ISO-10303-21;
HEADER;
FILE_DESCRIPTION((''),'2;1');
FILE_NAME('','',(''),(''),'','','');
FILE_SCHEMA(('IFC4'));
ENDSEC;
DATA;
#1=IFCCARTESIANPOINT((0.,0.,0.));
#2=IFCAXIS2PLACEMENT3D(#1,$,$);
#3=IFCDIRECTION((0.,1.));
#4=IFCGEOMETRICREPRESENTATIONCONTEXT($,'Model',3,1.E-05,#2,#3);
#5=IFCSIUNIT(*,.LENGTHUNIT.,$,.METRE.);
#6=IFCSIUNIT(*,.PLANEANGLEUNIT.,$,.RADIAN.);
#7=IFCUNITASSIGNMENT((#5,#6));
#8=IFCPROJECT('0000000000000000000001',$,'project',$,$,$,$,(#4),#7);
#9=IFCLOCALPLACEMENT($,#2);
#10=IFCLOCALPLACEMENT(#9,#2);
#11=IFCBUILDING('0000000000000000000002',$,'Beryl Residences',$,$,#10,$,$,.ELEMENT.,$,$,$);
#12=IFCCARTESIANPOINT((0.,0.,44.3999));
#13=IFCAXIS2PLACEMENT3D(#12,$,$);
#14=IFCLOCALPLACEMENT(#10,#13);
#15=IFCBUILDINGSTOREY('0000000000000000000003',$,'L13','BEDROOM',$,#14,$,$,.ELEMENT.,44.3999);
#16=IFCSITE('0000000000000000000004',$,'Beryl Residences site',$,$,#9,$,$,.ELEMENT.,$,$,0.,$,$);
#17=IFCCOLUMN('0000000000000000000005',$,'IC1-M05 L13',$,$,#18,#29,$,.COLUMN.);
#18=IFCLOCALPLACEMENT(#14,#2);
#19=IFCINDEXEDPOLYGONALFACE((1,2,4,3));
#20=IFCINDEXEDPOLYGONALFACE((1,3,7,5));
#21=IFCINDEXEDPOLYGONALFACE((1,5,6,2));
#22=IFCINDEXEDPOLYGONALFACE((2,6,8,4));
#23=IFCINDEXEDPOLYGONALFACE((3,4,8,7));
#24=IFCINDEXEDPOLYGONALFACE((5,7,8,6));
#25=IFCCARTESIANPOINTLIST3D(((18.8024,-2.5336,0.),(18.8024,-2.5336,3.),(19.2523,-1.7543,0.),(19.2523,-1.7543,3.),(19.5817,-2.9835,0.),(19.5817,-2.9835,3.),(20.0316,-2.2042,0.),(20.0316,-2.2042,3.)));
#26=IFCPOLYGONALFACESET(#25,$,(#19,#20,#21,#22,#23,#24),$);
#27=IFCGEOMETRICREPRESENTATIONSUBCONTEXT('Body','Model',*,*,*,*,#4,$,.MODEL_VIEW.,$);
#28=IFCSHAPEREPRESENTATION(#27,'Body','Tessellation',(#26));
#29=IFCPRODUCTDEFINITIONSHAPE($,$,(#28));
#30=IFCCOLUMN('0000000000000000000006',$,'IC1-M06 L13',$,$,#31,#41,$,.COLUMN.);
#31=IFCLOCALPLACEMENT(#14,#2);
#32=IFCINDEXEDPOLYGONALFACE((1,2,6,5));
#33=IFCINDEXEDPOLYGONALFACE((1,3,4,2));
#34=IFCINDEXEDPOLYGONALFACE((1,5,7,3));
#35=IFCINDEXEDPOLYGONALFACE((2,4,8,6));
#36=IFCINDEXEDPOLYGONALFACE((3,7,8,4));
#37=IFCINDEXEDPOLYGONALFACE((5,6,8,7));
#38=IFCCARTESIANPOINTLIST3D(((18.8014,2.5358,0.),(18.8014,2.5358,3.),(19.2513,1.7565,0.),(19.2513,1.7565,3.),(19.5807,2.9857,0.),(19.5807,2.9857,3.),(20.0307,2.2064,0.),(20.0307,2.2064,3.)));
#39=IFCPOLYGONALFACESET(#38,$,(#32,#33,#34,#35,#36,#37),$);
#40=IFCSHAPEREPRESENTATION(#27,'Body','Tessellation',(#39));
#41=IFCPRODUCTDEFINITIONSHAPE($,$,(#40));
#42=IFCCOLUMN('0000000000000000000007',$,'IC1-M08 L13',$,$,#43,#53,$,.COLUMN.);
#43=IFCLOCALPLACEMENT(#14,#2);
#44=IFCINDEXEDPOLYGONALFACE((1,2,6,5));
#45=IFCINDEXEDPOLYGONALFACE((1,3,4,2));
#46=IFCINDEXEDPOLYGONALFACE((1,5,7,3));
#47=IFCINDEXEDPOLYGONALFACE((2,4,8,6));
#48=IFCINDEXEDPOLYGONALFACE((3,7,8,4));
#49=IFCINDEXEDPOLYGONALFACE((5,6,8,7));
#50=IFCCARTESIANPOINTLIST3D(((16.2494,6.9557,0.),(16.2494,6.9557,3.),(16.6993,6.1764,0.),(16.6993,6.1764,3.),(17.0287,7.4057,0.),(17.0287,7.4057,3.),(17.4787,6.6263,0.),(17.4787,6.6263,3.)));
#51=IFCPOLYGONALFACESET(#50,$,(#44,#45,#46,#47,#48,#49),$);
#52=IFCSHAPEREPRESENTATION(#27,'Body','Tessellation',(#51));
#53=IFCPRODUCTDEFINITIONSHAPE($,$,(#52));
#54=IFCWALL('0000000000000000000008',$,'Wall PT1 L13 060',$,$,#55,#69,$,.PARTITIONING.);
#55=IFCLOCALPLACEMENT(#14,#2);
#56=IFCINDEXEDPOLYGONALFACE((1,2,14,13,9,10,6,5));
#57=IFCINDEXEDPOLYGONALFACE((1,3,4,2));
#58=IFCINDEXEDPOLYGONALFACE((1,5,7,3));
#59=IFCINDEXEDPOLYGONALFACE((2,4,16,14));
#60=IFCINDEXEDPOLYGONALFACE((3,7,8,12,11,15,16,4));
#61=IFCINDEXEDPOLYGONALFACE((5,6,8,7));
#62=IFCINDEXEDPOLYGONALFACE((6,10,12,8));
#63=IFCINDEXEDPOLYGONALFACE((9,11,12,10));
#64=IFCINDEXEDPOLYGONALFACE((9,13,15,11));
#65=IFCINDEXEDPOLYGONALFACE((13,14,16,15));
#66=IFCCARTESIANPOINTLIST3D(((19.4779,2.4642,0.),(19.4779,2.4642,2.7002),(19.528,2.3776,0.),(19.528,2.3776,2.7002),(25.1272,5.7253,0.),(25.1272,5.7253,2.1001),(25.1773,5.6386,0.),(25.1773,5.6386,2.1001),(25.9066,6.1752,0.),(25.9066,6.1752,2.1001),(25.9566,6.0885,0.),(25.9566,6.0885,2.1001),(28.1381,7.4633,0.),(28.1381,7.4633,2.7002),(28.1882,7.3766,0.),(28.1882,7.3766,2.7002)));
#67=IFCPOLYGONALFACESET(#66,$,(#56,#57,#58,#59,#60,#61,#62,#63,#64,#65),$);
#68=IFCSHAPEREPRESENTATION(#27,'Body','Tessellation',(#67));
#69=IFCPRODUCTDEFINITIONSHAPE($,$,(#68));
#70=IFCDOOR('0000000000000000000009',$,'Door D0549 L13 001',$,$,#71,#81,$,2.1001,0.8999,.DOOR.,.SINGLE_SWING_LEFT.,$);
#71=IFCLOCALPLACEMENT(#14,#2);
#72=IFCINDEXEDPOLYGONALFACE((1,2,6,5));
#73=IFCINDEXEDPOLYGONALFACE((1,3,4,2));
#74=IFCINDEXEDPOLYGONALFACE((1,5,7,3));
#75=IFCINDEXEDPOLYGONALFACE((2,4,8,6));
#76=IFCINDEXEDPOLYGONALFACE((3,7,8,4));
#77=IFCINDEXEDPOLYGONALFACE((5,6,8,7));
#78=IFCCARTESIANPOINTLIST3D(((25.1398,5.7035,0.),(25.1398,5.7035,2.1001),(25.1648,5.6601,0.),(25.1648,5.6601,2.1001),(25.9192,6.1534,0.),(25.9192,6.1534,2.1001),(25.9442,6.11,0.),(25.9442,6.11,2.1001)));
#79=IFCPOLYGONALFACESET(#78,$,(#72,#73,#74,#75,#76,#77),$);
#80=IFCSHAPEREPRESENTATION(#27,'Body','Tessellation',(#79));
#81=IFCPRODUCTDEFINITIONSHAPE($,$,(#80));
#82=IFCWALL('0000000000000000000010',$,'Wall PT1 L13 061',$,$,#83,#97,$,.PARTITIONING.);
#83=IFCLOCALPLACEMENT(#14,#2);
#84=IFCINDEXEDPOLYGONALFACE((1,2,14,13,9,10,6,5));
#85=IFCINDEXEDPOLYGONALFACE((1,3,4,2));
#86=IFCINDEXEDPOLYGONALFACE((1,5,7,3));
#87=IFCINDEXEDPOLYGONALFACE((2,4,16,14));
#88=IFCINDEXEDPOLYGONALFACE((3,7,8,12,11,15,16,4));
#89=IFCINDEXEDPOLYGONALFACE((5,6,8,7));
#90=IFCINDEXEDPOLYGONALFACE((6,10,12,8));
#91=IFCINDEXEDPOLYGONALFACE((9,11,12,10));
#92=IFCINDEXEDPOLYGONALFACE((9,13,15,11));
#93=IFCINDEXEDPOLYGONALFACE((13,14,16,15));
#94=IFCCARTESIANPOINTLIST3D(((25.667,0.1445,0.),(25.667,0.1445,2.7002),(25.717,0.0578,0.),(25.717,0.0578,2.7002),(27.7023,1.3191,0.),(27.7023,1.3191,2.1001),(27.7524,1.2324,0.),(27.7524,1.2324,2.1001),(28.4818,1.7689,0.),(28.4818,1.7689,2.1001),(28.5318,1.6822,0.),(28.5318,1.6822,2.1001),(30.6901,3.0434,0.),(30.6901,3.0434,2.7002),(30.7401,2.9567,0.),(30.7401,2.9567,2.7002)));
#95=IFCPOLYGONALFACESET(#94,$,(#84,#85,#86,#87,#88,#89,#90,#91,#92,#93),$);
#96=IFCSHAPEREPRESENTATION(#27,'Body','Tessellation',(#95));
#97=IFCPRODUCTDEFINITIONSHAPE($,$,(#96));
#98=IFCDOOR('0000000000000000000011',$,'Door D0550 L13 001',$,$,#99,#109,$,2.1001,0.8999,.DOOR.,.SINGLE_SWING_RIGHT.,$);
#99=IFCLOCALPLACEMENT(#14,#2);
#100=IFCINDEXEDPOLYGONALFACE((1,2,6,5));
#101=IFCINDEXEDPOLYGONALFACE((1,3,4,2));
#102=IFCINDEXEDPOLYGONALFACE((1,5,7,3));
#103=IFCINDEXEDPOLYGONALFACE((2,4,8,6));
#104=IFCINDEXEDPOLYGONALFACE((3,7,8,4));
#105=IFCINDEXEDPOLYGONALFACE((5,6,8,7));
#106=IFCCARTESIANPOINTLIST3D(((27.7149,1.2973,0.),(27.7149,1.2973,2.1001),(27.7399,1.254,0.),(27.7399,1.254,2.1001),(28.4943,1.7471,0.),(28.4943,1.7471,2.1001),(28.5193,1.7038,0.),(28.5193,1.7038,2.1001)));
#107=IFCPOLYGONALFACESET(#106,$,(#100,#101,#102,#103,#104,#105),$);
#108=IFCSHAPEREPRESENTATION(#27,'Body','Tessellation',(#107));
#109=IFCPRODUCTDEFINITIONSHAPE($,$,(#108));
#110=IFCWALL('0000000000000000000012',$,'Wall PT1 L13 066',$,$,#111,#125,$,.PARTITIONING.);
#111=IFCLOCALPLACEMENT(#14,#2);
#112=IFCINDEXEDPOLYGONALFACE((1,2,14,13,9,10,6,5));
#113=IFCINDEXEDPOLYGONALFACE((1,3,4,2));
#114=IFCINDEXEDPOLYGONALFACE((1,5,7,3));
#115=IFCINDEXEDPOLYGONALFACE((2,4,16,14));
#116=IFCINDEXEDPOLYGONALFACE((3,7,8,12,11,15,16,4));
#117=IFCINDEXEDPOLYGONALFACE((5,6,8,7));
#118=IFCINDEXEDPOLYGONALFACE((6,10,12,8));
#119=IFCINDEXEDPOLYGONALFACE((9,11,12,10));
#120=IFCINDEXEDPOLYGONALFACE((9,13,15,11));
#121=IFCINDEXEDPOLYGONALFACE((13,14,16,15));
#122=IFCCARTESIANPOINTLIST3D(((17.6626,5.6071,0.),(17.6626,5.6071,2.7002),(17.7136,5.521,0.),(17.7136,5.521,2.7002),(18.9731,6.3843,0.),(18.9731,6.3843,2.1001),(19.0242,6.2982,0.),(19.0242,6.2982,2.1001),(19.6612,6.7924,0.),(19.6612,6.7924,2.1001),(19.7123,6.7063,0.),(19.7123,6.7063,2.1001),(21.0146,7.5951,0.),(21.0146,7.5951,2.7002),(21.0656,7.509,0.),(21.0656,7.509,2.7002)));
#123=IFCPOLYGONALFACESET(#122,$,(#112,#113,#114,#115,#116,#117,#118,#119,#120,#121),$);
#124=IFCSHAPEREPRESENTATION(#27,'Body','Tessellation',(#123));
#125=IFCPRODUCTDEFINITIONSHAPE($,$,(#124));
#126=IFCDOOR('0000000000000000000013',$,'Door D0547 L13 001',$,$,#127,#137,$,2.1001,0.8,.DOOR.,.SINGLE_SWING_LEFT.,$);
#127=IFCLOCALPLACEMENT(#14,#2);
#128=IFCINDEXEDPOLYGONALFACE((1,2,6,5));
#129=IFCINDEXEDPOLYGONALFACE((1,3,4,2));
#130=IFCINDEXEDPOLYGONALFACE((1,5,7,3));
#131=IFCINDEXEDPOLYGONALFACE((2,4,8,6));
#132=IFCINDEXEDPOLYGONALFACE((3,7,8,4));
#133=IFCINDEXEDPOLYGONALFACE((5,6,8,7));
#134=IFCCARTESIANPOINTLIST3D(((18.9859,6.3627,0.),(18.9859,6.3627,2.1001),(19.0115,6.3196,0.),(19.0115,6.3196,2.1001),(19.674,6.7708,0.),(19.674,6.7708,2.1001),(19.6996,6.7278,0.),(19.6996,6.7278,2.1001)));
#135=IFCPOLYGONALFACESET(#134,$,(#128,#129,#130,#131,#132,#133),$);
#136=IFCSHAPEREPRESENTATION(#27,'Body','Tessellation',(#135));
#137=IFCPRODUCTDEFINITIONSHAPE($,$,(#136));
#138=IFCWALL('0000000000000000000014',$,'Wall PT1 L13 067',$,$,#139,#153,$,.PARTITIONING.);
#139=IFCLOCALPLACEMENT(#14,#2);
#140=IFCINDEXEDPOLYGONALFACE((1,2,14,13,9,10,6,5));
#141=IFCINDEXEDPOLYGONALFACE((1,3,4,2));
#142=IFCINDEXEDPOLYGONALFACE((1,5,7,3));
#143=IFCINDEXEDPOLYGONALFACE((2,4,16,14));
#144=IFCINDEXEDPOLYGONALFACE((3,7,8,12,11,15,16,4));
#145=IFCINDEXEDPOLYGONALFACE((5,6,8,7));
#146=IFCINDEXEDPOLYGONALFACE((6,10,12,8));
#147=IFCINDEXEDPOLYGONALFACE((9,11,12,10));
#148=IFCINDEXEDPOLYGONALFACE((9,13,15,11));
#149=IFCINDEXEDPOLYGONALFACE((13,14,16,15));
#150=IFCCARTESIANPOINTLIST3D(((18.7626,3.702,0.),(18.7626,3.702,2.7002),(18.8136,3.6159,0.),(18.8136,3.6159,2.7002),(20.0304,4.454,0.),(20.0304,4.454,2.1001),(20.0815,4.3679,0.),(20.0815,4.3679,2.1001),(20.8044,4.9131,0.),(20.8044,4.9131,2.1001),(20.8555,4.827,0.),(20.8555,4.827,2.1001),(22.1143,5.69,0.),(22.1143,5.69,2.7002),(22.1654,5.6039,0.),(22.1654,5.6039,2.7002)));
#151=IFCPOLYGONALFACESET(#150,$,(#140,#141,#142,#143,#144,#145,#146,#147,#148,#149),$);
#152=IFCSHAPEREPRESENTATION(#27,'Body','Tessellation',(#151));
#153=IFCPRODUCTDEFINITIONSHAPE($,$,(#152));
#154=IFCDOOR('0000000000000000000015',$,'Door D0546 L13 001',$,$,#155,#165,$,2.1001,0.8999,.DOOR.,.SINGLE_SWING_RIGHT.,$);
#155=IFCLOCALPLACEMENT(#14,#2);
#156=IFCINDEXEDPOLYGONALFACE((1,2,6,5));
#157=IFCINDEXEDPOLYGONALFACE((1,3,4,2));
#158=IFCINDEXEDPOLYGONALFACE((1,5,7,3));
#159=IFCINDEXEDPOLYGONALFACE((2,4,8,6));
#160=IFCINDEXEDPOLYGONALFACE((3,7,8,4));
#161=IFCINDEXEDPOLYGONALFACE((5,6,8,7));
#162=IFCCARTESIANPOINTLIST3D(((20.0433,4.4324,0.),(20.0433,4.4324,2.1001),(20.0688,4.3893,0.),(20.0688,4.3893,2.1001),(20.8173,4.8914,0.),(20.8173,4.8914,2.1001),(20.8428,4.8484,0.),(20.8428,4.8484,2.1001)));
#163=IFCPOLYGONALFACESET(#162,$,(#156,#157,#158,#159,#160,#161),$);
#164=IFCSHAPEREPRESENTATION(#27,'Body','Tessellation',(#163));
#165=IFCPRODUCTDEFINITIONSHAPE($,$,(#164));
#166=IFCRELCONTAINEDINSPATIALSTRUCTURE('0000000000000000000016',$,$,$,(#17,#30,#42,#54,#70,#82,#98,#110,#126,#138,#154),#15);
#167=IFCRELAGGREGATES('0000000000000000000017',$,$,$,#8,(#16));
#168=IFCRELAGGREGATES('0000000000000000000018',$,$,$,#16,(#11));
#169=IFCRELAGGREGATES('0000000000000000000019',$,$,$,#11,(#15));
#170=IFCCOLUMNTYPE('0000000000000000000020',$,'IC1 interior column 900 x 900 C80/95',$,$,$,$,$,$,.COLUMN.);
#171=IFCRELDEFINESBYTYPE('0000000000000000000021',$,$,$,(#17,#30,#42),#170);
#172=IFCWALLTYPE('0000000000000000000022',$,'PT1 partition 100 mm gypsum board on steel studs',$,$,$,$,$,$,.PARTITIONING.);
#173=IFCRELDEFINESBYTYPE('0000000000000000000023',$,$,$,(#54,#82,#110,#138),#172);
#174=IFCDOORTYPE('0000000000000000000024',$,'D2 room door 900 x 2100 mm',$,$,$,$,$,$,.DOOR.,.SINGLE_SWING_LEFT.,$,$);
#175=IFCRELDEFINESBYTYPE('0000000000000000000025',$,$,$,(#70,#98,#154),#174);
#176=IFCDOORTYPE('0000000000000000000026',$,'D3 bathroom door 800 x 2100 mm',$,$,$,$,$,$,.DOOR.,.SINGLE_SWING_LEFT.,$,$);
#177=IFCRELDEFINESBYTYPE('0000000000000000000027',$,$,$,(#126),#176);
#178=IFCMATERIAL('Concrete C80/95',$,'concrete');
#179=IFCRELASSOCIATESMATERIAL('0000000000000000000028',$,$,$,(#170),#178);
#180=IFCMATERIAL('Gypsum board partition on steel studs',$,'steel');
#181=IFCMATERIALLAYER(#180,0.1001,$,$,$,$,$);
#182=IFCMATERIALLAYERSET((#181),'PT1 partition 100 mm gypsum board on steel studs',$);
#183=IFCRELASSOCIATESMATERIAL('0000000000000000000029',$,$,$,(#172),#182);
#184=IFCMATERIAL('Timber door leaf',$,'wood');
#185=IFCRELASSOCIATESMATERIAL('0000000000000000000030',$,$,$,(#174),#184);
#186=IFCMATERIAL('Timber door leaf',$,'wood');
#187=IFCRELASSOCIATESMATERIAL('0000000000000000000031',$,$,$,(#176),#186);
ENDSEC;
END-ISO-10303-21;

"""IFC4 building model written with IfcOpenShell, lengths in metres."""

from ifc_helpers import new_model, si_unit, direction, frame, frame_2d, origin, origin_2d, place, context, subcontext, project, spatial, rectangle, extrude, material, layer, layer_set, material_profile, profile_set, type_object, element, fill, save


model = new_model("IFC4")

# Units and contexts
model_context = context("Model", 3, precision=1e-05, world=origin(), true_north=direction((0.0, 1.0)))
body_context = subcontext(model_context, "Body", "Model", "MODEL_VIEW")
ifc_project = project(units=[si_unit("LENGTHUNIT", "METRE"), si_unit("PLANEANGLEUNIT", "RADIAN")], contexts=[model_context])

# Site, building, storey
site_placement = place(None, origin())
site = spatial("IfcSite", under=ifc_project, at=site_placement, Name="Beryl Residences site", CompositionType="ELEMENT", RefElevation=0.0)
building_placement = place(site_placement, origin())
building = spatial("IfcBuilding", under=site, at=building_placement, Name="Beryl Residences", CompositionType="ELEMENT")
storey_placement = place(building_placement, frame((0.0, 0.0, 44.3999)))
storey = spatial("IfcBuildingStorey", under=building, at=storey_placement, Name="L13", Description="BEDROOM", CompositionType="ELEMENT", Elevation=44.3999)

# Columns
ifc_material_1 = material(Name="Concrete C80/95", Category="concrete")
ifc_material_profile = material_profile(ifc_material_1, rectangle(XDim=0.8999, YDim=0.8999, at=origin_2d()))
ifc_profile_set = profile_set([ifc_material_profile], Name="Concrete C80/95")
column_type = type_object("IfcColumnType", Name="IC1 interior column 900 x 900 C80/95", PredefinedType="COLUMN", material=ifc_profile_set)
for number, where, z_axis, x_axis, name in (
    (1, (19.417, -2.3689, 0.0), (0.0, 0.0, 1.0), (0.499985, 0.866034, 0.0), "IC1-M05 L13"),
    (2, (19.416, 2.3711, 0.0), (0.0, 0.0, 1.0), (-0.499985, 0.866034, 0.0), "IC1-M06 L13"),
    (3, (16.864, 6.791, 0.0), (0.0, 0.0, 1.0), (-0.499985, 0.866034, 0.0), "IC1-M08 L13"),
):
    element("IfcColumn", number, at=place(storey_placement, frame(where, z_axis=z_axis, x_axis=x_axis)), inside=storey, type_object=column_type, Name=name, PredefinedType="COLUMN", context=body_context, shape_type="SweptSolid", body=[
        extrude(rectangle(XDim=0.8999, YDim=0.8999, at=origin_2d()), origin(), (0.0, 0.0, 1.0), 3.0),
    ])

# Walls, openings, doors
ifc_material_2 = material(Name="Gypsum board partition on steel studs", Category="steel")
ifc_layer_1 = layer(ifc_material_2, 0.1001)
ifc_layer_set_1 = layer_set([ifc_layer_1], Name="PT1 partition 100 mm gypsum board on steel studs")
wall_type_1 = type_object("IfcWallType", Name="PT1 partition 100 mm gypsum board on steel studs", PredefinedType="PARTITIONING", material=ifc_layer_set_1)
wall_1_placement = place(storey_placement, frame((19.5029, 2.4209, 0.0), z_axis=(0.0, 0.0, 1.0), x_axis=(0.866065, 0.499931, 0.0)))
wall_1 = element("IfcWall", 4, at=wall_1_placement, inside=storey, type_object=wall_type_1, Name="Wall PT1 L13 060", PredefinedType="PARTITIONING", context=body_context, shape_type="SweptSolid", body=[
    extrude(rectangle(XDim=9.9995, YDim=0.1001, at=frame_2d((4.9998, 0.0))), origin(), (0.0, 0.0, 1.0), 2.7002),
])
opening_1_placement = place(wall_1_placement, frame((6.5229, 0.0, 0.0)))
opening_1 = element("IfcOpeningElement", 5, at=opening_1_placement, cuts=wall_1, PredefinedType="OPENING", context=body_context, shape_type="SweptSolid", body=[
    extrude(rectangle(XDim=0.8999, YDim=2.1001, at=frame_2d((0.45, 1.05))), frame((0.0, 0.0601, 0.0), z_axis=(0.0, -1.0, 0.0), x_axis=(1.0, 0.0, 0.0)), (0.0, 0.0, 1.0), 0.1201),
])
ifc_material_3 = material(Name="Timber door leaf", Category="wood")
door_type_1 = type_object("IfcDoorType", Name="D2 room door 900 x 2100 mm", OperationType="SINGLE_SWING_LEFT", PredefinedType="DOOR", material=ifc_material_3)
door_1_placement = place(opening_1_placement, origin())
door_1 = element("IfcDoor", 6, at=door_1_placement, inside=storey, type_object=door_type_1, Name="Door D0549 L13 001", OperationType="SINGLE_SWING_LEFT", OverallHeight=2.1001, OverallWidth=0.8999, PredefinedType="DOOR", context=body_context, shape_type="SweptSolid", body=[
    extrude(rectangle(XDim=0.8999, YDim=2.1001, at=frame_2d((0.45, 1.05))), frame((0.0, 0.0249, 0.0), z_axis=(0.0, -1.0, 0.0), x_axis=(1.0, 0.0, 0.0)), (0.0, 0.0, 1.0), 0.05),
])
fill(opening_1, door_1)
wall_2_placement = place(storey_placement, frame((25.6919, 0.1011, 0.0), z_axis=(0.0, 0.0, 1.0), x_axis=(0.866116, 0.499843, 0.0)))
wall_2 = element("IfcWall", 7, at=wall_2_placement, inside=storey, type_object=wall_type_1, Name="Wall PT1 L13 061", PredefinedType="PARTITIONING", context=body_context, shape_type="SweptSolid", body=[
    extrude(rectangle(XDim=5.7996, YDim=0.1001, at=frame_2d((2.8999, 0.0))), origin(), (0.0, 0.0, 1.0), 2.7002),
])
opening_2_placement = place(wall_2_placement, frame((2.3501, 0.0, 0.0)))
opening_2 = element("IfcOpeningElement", 8, at=opening_2_placement, cuts=wall_2, PredefinedType="OPENING", context=body_context, shape_type="SweptSolid", body=[
    extrude(rectangle(XDim=0.8999, YDim=2.1001, at=frame_2d((0.45, 1.05))), frame((0.0, 0.0601, 0.0), z_axis=(0.0, -1.0, 0.0), x_axis=(1.0, 0.0, 0.0)), (0.0, 0.0, 1.0), 0.1201),
])
door_2_placement = place(opening_2_placement, origin())
door_2 = element("IfcDoor", 9, at=door_2_placement, inside=storey, type_object=door_type_1, Name="Door D0550 L13 001", OperationType="SINGLE_SWING_RIGHT", OverallHeight=2.1001, OverallWidth=0.8999, PredefinedType="DOOR", context=body_context, shape_type="SweptSolid", body=[
    extrude(rectangle(XDim=0.8999, YDim=2.1001, at=frame_2d((0.45, 1.05))), frame((0.0, 0.0249, 0.0), z_axis=(0.0, -1.0, 0.0), x_axis=(1.0, 0.0, 0.0)), (0.0, 0.0, 1.0), 0.05),
])
fill(opening_2, door_2)
wall_3_placement = place(storey_placement, frame((17.688, 5.564, 0.0), z_axis=(0.0, 0.0, 1.0), x_axis=(0.860107, 0.510113, 0.0)))
wall_3 = element("IfcWall", 10, at=wall_3_placement, inside=storey, type_object=wall_type_1, Name="Wall PT1 L13 066", PredefinedType="PARTITIONING", context=body_context, shape_type="SweptSolid", body=[
    extrude(rectangle(XDim=3.8972, YDim=0.1001, at=frame_2d((1.9487, 0.0))), origin(), (0.0, 0.0, 1.0), 2.7002),
])
opening_3_placement = place(wall_3_placement, frame((1.5239, 0.0, 0.0)))
opening_3 = element("IfcOpeningElement", 11, at=opening_3_placement, cuts=wall_3, PredefinedType="OPENING", context=body_context, shape_type="SweptSolid", body=[
    extrude(rectangle(XDim=0.8, YDim=2.1001, at=frame_2d((0.3999, 1.05))), frame((0.0, 0.0601, 0.0), z_axis=(0.0, -1.0, 0.0), x_axis=(1.0, 0.0, 0.0)), (0.0, 0.0, 1.0), 0.1201),
])
ifc_material_4 = material(Name="Timber door leaf", Category="wood")
door_type_2 = type_object("IfcDoorType", Name="D3 bathroom door 800 x 2100 mm", OperationType="SINGLE_SWING_LEFT", PredefinedType="DOOR", material=ifc_material_4)
door_3_placement = place(opening_3_placement, origin())
door_3 = element("IfcDoor", 12, at=door_3_placement, inside=storey, type_object=door_type_2, Name="Door D0547 L13 001", OperationType="SINGLE_SWING_LEFT", OverallHeight=2.1001, OverallWidth=0.8, PredefinedType="DOOR", context=body_context, shape_type="SweptSolid", body=[
    extrude(rectangle(XDim=0.8, YDim=2.1001, at=frame_2d((0.3999, 1.05))), frame((0.0, 0.0249, 0.0), z_axis=(0.0, -1.0, 0.0), x_axis=(1.0, 0.0, 0.0)), (0.0, 0.0, 1.0), 0.05),
])
fill(opening_3, door_3)
wall_4_placement = place(storey_placement, frame((18.7881, 3.6589, 0.0), z_axis=(0.0, 0.0, 1.0), x_axis=(0.860091, 0.510141, 0.0)))
wall_4 = element("IfcWall", 13, at=wall_4_placement, inside=storey, type_object=wall_type_1, Name="Wall PT1 L13 067", PredefinedType="PARTITIONING", context=body_context, shape_type="SweptSolid", body=[
    extrude(rectangle(XDim=3.897, YDim=0.1001, at=frame_2d((1.9485, 0.0))), origin(), (0.0, 0.0, 1.0), 2.7002),
])
opening_4_placement = place(wall_4_placement, frame((1.4741, 0.0, 0.0)))
opening_4 = element("IfcOpeningElement", 14, at=opening_4_placement, cuts=wall_4, PredefinedType="OPENING", context=body_context, shape_type="SweptSolid", body=[
    extrude(rectangle(XDim=0.8999, YDim=2.1001, at=frame_2d((0.45, 1.05))), frame((0.0, 0.0601, 0.0), z_axis=(0.0, -1.0, 0.0), x_axis=(1.0, 0.0, 0.0)), (0.0, 0.0, 1.0), 0.1201),
])
door_4_placement = place(opening_4_placement, origin())
door_4 = element("IfcDoor", 15, at=door_4_placement, inside=storey, type_object=door_type_1, Name="Door D0546 L13 001", OperationType="SINGLE_SWING_RIGHT", OverallHeight=2.1001, OverallWidth=0.8999, PredefinedType="DOOR", context=body_context, shape_type="SweptSolid", body=[
    extrude(rectangle(XDim=0.8999, YDim=2.1001, at=frame_2d((0.45, 1.05))), frame((0.0, 0.0249, 0.0), z_axis=(0.0, -1.0, 0.0), x_axis=(1.0, 0.0, 0.0)), (0.0, 0.0, 1.0), 0.05),
])
fill(opening_4, door_4)

save(model, "model.ifc")
